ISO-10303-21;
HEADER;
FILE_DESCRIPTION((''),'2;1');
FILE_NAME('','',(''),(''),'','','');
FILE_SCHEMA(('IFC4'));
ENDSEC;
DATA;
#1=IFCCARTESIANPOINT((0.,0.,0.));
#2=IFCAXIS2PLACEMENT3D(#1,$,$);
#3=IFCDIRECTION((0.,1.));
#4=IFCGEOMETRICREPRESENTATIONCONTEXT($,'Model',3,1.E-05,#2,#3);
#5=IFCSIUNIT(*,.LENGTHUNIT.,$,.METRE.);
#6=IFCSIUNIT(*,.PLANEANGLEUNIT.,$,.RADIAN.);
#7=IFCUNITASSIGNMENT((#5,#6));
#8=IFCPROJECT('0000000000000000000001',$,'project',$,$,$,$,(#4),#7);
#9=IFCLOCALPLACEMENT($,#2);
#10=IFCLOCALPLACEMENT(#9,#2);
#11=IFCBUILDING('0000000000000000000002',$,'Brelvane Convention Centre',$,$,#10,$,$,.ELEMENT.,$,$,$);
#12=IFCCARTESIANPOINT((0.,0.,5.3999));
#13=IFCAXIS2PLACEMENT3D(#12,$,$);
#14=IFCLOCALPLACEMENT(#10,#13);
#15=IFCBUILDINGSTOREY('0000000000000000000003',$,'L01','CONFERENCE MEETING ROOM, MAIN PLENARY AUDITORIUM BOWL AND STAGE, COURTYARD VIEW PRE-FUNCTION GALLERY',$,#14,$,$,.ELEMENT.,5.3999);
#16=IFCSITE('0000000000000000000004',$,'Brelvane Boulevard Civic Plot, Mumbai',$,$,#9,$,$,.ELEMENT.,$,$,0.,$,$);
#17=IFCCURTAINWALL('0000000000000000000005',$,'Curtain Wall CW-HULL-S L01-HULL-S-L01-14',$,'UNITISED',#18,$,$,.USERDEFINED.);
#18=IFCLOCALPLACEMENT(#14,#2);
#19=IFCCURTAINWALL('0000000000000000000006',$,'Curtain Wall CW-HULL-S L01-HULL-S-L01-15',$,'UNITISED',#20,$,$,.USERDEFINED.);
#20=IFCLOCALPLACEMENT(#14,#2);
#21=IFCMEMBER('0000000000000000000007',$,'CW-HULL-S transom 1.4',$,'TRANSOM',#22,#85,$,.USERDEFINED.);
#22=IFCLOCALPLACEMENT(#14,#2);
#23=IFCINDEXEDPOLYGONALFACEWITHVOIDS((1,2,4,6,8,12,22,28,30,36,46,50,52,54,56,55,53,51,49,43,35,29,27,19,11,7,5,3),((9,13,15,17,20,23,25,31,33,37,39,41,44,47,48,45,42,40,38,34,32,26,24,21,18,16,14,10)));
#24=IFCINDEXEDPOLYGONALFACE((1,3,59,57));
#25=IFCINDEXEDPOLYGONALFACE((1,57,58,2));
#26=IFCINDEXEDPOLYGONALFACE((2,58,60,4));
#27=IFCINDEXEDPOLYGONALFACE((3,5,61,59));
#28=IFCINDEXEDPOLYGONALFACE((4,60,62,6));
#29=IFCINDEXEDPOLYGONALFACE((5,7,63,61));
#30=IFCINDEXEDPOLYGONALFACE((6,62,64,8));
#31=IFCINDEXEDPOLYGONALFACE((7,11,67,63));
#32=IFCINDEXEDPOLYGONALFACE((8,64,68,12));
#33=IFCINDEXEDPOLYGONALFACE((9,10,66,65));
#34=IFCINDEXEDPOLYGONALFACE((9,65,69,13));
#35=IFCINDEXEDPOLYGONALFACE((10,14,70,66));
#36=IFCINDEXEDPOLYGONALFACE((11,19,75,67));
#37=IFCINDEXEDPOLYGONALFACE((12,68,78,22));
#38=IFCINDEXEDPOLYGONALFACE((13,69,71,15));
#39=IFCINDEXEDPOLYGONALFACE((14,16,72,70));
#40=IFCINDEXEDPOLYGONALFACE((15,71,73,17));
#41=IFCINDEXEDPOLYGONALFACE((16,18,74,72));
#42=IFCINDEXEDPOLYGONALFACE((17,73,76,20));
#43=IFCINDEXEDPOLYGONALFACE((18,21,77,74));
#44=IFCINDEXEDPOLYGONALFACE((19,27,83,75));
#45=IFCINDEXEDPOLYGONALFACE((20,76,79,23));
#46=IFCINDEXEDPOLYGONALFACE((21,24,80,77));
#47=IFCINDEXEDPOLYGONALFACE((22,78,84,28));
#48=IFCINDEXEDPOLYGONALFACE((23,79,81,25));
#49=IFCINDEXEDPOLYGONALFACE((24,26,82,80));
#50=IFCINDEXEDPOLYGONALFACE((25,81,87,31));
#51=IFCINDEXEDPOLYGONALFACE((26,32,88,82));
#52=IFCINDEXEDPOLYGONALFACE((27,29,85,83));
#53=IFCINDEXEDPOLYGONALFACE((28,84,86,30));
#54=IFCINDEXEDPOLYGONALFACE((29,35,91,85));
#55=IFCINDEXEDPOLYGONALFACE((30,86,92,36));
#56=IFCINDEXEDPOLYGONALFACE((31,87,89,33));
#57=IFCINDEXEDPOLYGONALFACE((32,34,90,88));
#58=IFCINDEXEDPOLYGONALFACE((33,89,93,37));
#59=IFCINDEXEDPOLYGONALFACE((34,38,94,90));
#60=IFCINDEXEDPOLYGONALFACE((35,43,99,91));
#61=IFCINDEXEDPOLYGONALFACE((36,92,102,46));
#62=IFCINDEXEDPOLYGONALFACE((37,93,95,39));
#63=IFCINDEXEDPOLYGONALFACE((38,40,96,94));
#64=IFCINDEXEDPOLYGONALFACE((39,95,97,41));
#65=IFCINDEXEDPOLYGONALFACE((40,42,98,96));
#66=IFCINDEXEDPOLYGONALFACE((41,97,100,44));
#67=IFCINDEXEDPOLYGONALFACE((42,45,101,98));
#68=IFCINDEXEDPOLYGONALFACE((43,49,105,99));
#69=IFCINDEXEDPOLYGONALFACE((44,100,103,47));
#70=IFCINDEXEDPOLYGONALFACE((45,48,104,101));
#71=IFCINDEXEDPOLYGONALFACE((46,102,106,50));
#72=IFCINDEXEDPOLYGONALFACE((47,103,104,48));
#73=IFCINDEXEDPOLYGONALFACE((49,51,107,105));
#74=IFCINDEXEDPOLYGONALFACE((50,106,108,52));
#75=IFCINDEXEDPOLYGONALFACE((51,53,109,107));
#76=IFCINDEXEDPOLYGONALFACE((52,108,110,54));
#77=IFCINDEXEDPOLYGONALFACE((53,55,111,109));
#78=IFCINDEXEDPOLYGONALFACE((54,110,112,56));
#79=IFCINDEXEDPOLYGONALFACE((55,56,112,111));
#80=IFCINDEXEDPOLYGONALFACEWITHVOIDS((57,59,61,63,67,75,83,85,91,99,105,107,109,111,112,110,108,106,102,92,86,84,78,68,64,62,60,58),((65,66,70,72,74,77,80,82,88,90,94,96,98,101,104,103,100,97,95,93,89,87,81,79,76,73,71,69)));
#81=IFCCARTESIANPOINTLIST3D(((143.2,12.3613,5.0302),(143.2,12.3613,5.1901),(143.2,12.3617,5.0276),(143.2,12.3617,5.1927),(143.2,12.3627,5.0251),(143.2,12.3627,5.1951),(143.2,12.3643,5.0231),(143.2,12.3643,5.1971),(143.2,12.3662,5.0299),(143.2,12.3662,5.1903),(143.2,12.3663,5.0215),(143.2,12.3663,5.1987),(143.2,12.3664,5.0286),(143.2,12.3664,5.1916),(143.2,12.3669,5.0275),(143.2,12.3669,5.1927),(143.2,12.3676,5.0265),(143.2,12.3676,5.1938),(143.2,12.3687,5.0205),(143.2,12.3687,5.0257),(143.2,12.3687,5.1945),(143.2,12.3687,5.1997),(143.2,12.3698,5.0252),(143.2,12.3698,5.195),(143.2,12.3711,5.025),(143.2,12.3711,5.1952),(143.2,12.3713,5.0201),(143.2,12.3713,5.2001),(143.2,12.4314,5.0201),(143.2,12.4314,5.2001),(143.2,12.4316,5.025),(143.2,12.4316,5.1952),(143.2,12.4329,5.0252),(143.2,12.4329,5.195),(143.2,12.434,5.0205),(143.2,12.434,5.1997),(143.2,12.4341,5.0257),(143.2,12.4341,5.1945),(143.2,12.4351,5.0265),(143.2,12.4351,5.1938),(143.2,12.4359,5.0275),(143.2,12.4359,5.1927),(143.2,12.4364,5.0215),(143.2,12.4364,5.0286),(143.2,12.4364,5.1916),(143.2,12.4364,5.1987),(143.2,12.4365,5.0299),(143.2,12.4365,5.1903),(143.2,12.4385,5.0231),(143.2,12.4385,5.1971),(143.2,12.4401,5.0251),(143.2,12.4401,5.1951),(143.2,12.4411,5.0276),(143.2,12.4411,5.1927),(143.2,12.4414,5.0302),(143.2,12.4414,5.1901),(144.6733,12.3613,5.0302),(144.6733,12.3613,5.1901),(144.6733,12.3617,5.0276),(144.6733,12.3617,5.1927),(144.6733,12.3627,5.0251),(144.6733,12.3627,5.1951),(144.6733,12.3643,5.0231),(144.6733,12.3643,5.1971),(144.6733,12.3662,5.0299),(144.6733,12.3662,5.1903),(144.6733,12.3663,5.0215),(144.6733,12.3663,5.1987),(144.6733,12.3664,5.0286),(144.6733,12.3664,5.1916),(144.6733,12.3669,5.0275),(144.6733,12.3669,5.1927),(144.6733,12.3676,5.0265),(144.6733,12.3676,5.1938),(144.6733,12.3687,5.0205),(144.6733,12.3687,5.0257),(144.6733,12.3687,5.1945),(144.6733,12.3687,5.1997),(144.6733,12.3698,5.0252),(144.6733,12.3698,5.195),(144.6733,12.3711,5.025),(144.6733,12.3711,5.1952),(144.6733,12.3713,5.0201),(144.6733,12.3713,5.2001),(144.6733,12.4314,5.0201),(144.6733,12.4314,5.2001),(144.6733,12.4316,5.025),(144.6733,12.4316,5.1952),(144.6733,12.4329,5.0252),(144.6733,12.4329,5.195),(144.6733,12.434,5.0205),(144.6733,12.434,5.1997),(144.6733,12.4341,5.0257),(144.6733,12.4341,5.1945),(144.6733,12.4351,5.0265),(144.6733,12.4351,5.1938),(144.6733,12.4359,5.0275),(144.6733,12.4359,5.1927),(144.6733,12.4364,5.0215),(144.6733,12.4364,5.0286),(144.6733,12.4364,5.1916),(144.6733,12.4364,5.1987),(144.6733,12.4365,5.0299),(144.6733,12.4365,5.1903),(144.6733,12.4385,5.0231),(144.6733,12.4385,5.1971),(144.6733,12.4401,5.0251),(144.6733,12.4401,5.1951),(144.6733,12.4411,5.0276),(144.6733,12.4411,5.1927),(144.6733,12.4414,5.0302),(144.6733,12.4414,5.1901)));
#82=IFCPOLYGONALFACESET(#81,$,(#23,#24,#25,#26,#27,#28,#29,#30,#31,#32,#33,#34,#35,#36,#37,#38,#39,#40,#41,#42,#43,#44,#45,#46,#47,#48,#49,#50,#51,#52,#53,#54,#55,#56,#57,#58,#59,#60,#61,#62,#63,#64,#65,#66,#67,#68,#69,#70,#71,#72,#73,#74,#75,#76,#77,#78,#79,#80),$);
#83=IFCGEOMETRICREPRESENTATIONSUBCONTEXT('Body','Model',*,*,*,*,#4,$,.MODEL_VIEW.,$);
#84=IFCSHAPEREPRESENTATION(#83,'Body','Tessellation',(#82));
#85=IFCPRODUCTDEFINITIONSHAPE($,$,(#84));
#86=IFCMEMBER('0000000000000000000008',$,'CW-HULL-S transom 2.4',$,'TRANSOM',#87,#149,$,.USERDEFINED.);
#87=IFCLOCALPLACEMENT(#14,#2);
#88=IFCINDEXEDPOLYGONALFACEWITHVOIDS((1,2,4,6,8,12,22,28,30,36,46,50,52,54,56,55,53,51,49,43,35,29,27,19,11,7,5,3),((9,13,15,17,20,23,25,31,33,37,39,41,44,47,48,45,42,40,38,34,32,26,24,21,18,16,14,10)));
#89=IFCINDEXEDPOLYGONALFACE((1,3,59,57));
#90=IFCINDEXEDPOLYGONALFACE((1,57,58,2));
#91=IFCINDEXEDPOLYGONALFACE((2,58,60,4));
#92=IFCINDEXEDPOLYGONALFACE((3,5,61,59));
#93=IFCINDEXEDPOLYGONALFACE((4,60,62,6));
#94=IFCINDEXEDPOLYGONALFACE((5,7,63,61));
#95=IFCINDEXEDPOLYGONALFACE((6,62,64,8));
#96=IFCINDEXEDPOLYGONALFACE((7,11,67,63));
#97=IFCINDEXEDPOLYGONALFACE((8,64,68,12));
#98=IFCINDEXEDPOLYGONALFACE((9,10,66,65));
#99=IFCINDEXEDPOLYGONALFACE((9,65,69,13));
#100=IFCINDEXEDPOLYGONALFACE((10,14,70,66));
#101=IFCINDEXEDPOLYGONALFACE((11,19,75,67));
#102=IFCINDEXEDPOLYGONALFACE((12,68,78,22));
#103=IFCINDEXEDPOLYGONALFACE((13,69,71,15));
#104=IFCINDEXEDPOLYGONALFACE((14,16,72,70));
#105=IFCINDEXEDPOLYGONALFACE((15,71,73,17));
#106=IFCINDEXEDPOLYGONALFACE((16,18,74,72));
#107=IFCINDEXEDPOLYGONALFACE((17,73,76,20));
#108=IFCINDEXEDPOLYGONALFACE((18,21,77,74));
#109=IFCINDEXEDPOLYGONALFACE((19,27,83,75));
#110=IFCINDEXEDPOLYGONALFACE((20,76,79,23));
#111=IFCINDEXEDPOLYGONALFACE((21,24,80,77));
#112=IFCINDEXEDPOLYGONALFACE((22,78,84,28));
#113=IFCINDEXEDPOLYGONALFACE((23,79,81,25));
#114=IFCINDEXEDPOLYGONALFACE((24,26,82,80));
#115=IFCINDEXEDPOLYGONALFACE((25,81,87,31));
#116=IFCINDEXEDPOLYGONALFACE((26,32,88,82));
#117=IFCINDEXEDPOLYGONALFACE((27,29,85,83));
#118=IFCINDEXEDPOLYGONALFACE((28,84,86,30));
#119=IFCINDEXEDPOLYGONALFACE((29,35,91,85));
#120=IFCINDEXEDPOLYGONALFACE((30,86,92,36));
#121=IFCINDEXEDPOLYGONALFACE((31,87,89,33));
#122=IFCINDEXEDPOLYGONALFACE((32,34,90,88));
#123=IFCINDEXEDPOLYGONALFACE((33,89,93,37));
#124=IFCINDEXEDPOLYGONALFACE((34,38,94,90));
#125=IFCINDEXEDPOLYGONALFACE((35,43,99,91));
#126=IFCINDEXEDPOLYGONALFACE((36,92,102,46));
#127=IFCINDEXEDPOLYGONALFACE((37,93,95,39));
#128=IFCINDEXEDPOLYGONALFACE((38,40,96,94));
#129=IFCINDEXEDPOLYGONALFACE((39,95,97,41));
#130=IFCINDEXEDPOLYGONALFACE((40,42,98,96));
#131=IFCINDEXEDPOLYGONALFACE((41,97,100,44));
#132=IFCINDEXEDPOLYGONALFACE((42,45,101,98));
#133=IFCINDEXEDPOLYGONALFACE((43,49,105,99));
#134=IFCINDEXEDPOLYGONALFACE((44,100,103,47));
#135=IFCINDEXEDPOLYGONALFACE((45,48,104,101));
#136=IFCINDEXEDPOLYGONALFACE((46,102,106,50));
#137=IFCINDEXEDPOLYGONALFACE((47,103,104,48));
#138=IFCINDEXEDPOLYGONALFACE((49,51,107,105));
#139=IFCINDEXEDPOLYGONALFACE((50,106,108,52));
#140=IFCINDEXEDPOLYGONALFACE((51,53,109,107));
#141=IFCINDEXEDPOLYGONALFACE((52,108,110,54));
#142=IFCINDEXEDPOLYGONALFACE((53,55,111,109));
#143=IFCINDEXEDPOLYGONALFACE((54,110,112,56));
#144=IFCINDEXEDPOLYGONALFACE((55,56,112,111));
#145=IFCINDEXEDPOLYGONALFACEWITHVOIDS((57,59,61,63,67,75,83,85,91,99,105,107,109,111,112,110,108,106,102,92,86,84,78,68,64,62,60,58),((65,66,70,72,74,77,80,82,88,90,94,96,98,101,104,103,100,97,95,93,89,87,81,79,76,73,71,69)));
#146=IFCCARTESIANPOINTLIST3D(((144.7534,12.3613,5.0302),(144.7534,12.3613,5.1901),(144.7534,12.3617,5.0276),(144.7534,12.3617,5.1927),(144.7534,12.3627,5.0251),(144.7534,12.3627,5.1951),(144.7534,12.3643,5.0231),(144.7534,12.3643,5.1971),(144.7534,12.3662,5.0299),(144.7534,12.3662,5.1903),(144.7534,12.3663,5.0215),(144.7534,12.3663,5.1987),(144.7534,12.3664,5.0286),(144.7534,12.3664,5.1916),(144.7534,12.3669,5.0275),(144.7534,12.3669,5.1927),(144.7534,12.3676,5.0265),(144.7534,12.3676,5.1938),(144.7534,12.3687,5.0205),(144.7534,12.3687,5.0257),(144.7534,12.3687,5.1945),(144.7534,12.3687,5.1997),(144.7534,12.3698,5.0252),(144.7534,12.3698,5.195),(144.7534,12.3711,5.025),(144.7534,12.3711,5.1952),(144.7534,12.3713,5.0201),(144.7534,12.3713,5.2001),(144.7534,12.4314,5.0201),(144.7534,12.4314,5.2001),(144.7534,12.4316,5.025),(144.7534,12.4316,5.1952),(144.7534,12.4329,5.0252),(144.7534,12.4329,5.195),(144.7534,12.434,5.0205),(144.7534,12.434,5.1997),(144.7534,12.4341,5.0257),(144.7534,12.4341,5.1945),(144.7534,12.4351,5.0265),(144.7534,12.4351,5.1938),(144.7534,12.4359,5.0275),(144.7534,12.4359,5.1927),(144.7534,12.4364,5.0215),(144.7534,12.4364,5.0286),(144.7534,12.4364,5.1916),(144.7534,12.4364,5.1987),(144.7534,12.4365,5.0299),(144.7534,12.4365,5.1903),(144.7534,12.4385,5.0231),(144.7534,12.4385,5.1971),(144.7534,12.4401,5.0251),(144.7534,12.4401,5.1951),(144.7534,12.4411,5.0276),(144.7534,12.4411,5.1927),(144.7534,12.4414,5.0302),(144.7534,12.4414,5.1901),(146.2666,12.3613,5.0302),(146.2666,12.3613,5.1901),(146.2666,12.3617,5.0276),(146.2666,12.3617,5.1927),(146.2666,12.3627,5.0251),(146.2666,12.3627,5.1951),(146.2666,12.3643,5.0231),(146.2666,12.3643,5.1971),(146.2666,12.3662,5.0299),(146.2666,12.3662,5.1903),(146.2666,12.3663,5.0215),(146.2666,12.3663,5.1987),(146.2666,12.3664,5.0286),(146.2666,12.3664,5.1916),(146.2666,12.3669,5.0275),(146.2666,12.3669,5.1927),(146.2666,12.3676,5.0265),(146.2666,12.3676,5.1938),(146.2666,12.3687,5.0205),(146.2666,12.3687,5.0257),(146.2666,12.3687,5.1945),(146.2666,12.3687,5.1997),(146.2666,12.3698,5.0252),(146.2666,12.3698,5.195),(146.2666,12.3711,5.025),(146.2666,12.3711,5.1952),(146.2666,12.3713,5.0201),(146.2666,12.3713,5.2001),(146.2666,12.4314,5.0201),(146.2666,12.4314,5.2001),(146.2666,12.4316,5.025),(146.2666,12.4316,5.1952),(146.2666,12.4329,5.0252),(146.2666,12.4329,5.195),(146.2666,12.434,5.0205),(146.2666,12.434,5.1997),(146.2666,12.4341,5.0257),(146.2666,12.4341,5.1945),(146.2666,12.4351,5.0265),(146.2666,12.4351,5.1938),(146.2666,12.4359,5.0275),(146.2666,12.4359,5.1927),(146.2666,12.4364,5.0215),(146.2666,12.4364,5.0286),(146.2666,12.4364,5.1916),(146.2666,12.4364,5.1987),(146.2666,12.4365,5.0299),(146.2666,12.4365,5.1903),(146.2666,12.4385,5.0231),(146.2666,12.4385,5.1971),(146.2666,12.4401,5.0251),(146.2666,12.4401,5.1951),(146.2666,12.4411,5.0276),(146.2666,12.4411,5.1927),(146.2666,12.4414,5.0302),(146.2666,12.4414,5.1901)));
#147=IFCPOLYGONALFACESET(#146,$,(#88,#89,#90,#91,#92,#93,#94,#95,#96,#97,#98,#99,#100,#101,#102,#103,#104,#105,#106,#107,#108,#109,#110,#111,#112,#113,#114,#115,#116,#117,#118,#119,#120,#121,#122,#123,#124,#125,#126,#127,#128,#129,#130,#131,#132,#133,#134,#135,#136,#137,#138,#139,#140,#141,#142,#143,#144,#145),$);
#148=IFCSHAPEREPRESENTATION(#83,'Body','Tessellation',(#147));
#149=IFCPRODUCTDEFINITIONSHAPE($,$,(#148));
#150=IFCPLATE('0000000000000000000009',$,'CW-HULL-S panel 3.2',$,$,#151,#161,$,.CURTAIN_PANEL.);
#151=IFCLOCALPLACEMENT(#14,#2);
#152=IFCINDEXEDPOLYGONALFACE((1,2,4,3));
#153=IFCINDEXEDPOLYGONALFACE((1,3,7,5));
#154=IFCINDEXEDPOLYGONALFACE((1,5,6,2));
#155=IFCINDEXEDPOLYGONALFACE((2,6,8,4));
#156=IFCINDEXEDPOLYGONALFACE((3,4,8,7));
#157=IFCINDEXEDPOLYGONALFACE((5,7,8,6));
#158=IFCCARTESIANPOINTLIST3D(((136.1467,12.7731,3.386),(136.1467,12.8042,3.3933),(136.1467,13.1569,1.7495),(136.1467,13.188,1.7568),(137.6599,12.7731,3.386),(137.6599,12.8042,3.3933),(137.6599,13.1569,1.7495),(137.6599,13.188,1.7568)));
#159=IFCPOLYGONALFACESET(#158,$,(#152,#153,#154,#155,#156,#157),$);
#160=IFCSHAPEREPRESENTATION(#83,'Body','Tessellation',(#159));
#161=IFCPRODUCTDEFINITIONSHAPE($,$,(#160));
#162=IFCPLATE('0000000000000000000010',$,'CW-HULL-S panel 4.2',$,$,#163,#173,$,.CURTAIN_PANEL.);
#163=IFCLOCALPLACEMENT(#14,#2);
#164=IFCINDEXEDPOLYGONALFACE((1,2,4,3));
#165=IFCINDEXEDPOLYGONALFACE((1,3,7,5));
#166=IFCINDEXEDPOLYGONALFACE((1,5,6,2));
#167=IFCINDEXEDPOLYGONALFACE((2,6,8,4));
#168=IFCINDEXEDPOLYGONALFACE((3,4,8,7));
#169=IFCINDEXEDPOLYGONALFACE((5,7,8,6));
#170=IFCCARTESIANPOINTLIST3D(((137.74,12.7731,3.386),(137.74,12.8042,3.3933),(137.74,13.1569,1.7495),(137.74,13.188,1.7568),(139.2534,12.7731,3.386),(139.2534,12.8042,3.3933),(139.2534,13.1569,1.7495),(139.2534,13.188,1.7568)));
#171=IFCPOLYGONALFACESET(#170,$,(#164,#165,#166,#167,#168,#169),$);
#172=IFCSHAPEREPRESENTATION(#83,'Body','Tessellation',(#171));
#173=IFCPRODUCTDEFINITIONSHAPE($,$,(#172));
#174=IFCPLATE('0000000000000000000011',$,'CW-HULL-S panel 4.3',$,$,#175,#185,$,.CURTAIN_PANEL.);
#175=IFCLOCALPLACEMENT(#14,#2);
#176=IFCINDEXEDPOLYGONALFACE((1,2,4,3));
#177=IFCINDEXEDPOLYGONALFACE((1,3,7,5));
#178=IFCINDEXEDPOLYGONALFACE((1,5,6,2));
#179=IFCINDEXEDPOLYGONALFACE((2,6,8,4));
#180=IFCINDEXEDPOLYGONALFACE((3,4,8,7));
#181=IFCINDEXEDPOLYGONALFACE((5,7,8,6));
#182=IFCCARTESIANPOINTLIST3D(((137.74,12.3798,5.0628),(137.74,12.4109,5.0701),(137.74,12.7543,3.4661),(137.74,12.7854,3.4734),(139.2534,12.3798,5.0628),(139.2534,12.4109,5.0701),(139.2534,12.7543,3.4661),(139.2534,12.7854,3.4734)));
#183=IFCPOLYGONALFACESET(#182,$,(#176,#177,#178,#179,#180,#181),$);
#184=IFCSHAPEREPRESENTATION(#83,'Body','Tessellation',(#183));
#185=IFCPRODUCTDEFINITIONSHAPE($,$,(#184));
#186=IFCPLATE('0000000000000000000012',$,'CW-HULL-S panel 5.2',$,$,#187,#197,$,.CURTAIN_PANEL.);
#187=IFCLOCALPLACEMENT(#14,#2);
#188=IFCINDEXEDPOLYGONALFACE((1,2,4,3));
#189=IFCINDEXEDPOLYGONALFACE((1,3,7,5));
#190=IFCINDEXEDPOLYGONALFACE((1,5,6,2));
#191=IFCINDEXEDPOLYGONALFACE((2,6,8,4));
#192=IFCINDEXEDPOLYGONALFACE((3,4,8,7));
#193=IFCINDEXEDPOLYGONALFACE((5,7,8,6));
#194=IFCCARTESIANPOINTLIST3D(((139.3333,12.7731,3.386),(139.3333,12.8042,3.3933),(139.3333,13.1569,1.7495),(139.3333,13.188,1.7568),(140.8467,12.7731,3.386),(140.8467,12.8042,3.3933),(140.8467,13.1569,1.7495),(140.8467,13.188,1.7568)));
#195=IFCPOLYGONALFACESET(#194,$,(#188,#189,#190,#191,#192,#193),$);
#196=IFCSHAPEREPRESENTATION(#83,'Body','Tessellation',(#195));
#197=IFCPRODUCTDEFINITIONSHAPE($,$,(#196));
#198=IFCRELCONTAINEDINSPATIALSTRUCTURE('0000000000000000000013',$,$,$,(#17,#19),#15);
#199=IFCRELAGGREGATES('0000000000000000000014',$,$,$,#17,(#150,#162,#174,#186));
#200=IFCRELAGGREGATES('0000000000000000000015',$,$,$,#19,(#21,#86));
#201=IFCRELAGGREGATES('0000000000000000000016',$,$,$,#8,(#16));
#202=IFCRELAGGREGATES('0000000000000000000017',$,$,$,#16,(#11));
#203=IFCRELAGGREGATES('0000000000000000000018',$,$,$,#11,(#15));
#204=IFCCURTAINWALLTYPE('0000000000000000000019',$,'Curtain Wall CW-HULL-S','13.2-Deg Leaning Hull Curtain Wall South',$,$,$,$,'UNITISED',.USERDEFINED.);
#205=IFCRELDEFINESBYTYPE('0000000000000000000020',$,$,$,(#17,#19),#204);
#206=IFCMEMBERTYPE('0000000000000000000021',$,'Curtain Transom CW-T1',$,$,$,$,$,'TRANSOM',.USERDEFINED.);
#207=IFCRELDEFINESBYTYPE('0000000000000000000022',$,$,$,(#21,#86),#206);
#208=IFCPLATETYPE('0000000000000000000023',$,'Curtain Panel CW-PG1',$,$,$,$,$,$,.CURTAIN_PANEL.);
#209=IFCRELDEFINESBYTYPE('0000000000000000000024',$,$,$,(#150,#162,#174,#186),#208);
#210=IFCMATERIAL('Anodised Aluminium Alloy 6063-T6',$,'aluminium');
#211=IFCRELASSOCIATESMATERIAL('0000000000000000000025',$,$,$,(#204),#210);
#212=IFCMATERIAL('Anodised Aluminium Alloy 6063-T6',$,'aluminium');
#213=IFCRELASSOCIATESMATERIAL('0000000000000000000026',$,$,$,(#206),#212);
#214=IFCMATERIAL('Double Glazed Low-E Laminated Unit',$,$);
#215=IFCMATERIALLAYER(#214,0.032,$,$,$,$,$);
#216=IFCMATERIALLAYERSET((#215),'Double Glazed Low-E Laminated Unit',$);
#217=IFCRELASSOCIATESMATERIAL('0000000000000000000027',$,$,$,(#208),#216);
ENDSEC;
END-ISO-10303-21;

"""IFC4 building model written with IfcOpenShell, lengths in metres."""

from ifc_helpers import new_model, si_unit, direction, frame, origin, origin_2d, place, context, subcontext, project, spatial, polyline, hollow_rectangle, outline, extrude, material, layer, layer_set, material_profile, profile_set, type_object, element, aggregate, save


model = new_model("IFC4")

# Units and contexts
model_context = context("Model", 3, precision=1e-05, world=origin(), true_north=direction((0.0, 1.0)))
body_context = subcontext(model_context, "Body", "Model", "MODEL_VIEW")
ifc_project = project(units=[si_unit("LENGTHUNIT", "METRE"), si_unit("PLANEANGLEUNIT", "RADIAN")], contexts=[model_context])

# Site, building, storey
site_placement = place(None, origin())
site = spatial("IfcSite", under=ifc_project, at=site_placement, Name="Brelvane Boulevard Civic Plot, Mumbai", CompositionType="ELEMENT", RefElevation=0.0)
building_placement = place(site_placement, origin())
building = spatial("IfcBuilding", under=site, at=building_placement, Name="Brelvane Convention Centre", CompositionType="ELEMENT")
storey_placement = place(building_placement, frame((0.0, 0.0, 5.3999)))
storey = spatial("IfcBuildingStorey", under=building, at=storey_placement, Name="L01", Description="CONFERENCE MEETING ROOM, MAIN PLENARY AUDITORIUM BOWL AND STAGE, COURTYARD VIEW PRE-FUNCTION GALLERY", CompositionType="ELEMENT", Elevation=5.3999)

# Curtain walls, members
ifc_material_1 = material(Name="Anodised Aluminium Alloy 6063-T6", Category="aluminium")
curtain_wall_type = type_object("IfcCurtainWallType", Name="Curtain Wall CW-HULL-S", Description="13.2-Deg Leaning Hull Curtain Wall South", ElementType="UNITISED", PredefinedType="USERDEFINED", material=ifc_material_1)
curtain_wall_1_placement = place(storey_placement, origin())
curtain_wall_1 = element("IfcCurtainWall", 1, at=curtain_wall_1_placement, inside=storey, type_object=curtain_wall_type, Name="Curtain Wall CW-HULL-S L01-HULL-S-L01-14", ObjectType="UNITISED", PredefinedType="USERDEFINED")
ifc_material_2 = material(Name="Anodised Aluminium Alloy 6063-T6", Category="aluminium")
ifc_material_profile_1 = material_profile(ifc_material_2, hollow_rectangle(XDim=0.0801, YDim=0.1799, WallThickness=0.0049, InnerFilletRadius=0.0049, OuterFilletRadius=0.01, at=origin_2d()), Name="ALU-T 180x80x5.0")
ifc_profile_set_1 = profile_set([ifc_material_profile_1], Name="Anodised Aluminium Alloy 6063-T6")
member_type_1 = type_object("IfcMemberType", Name="Curtain Transom CW-T1", ElementType="TRANSOM", PredefinedType="USERDEFINED", material=ifc_profile_set_1)
curtain_wall_2_placement = place(storey_placement, origin())
curtain_wall_2 = element("IfcCurtainWall", 2, at=curtain_wall_2_placement, inside=storey, type_object=curtain_wall_type, Name="Curtain Wall CW-HULL-S L01-HULL-S-L01-15", ObjectType="UNITISED", PredefinedType="USERDEFINED")
member_1_placement = place(storey_placement, frame((143.2, 12.4014, 5.1101), z_axis=(1.0, 0.0, 0.0), x_axis=(0.0, 1.0, 0.0)))
member_1 = element("IfcMember", 3, at=member_1_placement, type_object=member_type_1, Name="CW-HULL-S transom 1.4", ObjectType="TRANSOM", PredefinedType="USERDEFINED", context=body_context, shape_type="SweptSolid", body=[
    extrude(hollow_rectangle(XDim=0.0801, YDim=0.1799, WallThickness=0.0049, InnerFilletRadius=0.0049, OuterFilletRadius=0.01, at=origin_2d()), origin(), (0.0, 0.0, 1.0), 1.4734),
])
member_2_placement = place(storey_placement, frame((144.7534, 12.4014, 5.1101), z_axis=(1.0, 0.0, 0.0), x_axis=(0.0, 1.0, 0.0)))
member_2 = element("IfcMember", 4, at=member_2_placement, type_object=member_type_1, Name="CW-HULL-S transom 2.4", ObjectType="TRANSOM", PredefinedType="USERDEFINED", context=body_context, shape_type="SweptSolid", body=[
    extrude(hollow_rectangle(XDim=0.0801, YDim=0.1799, WallThickness=0.0049, InnerFilletRadius=0.0049, OuterFilletRadius=0.01, at=origin_2d()), origin(), (0.0, 0.0, 1.0), 1.5132),
])

# Plates
ifc_material_3 = material(Name="Double Glazed Low-E Laminated Unit")
ifc_layer_1 = layer(ifc_material_3, 0.032)
ifc_layer_set_1 = layer_set([ifc_layer_1], Name="Double Glazed Low-E Laminated Unit")
plate_type_1 = type_object("IfcPlateType", Name="Curtain Panel CW-PG1", PredefinedType="CURTAIN_PANEL", material=ifc_layer_set_1)
plate_1_placement = place(storey_placement, frame((136.1467, 13.188, 1.7568), z_axis=(0.0, 0.973585, 0.228327), x_axis=(1.0, 0.0, 0.0)))
plate_1 = element("IfcPlate", 5, at=plate_1_placement, type_object=plate_type_1, Name="CW-HULL-S panel 3.2", PredefinedType="CURTAIN_PANEL", context=body_context, shape_type="SweptSolid", body=[
    extrude(outline(polyline([(0.0, 0.0), (1.5132, 0.0), (1.5132, -1.6809), (0.0, -1.6809), (0.0, 0.0)])), origin(), (0.0, 0.0, -1.0), 0.032),
])
plate_2_placement = place(storey_placement, frame((137.74, 13.188, 1.7568), z_axis=(0.0, 0.973585, 0.228327), x_axis=(1.0, 0.0, 0.0)))
plate_2 = element("IfcPlate", 6, at=plate_2_placement, type_object=plate_type_1, Name="CW-HULL-S panel 4.2", PredefinedType="CURTAIN_PANEL", context=body_context, shape_type="SweptSolid", body=[
    extrude(outline(polyline([(0.0, 0.0), (1.5134, 0.0), (1.5134, -1.6809), (0.0, -1.6809), (0.0, 0.0)])), origin(), (0.0, 0.0, -1.0), 0.032),
])
plate_3_placement = place(storey_placement, frame((137.74, 12.7854, 3.4734), z_axis=(0.0, 0.973577, 0.228359), x_axis=(1.0, 0.0, 0.0)))
plate_3 = element("IfcPlate", 7, at=plate_3_placement, type_object=plate_type_1, Name="CW-HULL-S panel 4.3", PredefinedType="CURTAIN_PANEL", context=body_context, shape_type="SweptSolid", body=[
    extrude(outline(polyline([(0.0, 0.0), (1.5134, 0.0), (1.5134, -1.64), (0.0, -1.64), (0.0, 0.0)])), origin(), (0.0, 0.0, -1.0), 0.032),
])
plate_4_placement = place(storey_placement, frame((139.3333, 13.188, 1.7568), z_axis=(0.0, 0.973585, 0.228327), x_axis=(1.0, 0.0, 0.0)))
plate_4 = element("IfcPlate", 8, at=plate_4_placement, type_object=plate_type_1, Name="CW-HULL-S panel 5.2", PredefinedType="CURTAIN_PANEL", context=body_context, shape_type="SweptSolid", body=[
    extrude(outline(polyline([(0.0, 0.0), (1.5134, 0.0), (1.5134, -1.6809), (0.0, -1.6809), (0.0, 0.0)])), origin(), (0.0, 0.0, -1.0), 0.032),
])
aggregate(curtain_wall_1, [plate_1, plate_2, plate_3, plate_4])
aggregate(curtain_wall_2, [member_1, member_2])

save(model, "model.ifc")
